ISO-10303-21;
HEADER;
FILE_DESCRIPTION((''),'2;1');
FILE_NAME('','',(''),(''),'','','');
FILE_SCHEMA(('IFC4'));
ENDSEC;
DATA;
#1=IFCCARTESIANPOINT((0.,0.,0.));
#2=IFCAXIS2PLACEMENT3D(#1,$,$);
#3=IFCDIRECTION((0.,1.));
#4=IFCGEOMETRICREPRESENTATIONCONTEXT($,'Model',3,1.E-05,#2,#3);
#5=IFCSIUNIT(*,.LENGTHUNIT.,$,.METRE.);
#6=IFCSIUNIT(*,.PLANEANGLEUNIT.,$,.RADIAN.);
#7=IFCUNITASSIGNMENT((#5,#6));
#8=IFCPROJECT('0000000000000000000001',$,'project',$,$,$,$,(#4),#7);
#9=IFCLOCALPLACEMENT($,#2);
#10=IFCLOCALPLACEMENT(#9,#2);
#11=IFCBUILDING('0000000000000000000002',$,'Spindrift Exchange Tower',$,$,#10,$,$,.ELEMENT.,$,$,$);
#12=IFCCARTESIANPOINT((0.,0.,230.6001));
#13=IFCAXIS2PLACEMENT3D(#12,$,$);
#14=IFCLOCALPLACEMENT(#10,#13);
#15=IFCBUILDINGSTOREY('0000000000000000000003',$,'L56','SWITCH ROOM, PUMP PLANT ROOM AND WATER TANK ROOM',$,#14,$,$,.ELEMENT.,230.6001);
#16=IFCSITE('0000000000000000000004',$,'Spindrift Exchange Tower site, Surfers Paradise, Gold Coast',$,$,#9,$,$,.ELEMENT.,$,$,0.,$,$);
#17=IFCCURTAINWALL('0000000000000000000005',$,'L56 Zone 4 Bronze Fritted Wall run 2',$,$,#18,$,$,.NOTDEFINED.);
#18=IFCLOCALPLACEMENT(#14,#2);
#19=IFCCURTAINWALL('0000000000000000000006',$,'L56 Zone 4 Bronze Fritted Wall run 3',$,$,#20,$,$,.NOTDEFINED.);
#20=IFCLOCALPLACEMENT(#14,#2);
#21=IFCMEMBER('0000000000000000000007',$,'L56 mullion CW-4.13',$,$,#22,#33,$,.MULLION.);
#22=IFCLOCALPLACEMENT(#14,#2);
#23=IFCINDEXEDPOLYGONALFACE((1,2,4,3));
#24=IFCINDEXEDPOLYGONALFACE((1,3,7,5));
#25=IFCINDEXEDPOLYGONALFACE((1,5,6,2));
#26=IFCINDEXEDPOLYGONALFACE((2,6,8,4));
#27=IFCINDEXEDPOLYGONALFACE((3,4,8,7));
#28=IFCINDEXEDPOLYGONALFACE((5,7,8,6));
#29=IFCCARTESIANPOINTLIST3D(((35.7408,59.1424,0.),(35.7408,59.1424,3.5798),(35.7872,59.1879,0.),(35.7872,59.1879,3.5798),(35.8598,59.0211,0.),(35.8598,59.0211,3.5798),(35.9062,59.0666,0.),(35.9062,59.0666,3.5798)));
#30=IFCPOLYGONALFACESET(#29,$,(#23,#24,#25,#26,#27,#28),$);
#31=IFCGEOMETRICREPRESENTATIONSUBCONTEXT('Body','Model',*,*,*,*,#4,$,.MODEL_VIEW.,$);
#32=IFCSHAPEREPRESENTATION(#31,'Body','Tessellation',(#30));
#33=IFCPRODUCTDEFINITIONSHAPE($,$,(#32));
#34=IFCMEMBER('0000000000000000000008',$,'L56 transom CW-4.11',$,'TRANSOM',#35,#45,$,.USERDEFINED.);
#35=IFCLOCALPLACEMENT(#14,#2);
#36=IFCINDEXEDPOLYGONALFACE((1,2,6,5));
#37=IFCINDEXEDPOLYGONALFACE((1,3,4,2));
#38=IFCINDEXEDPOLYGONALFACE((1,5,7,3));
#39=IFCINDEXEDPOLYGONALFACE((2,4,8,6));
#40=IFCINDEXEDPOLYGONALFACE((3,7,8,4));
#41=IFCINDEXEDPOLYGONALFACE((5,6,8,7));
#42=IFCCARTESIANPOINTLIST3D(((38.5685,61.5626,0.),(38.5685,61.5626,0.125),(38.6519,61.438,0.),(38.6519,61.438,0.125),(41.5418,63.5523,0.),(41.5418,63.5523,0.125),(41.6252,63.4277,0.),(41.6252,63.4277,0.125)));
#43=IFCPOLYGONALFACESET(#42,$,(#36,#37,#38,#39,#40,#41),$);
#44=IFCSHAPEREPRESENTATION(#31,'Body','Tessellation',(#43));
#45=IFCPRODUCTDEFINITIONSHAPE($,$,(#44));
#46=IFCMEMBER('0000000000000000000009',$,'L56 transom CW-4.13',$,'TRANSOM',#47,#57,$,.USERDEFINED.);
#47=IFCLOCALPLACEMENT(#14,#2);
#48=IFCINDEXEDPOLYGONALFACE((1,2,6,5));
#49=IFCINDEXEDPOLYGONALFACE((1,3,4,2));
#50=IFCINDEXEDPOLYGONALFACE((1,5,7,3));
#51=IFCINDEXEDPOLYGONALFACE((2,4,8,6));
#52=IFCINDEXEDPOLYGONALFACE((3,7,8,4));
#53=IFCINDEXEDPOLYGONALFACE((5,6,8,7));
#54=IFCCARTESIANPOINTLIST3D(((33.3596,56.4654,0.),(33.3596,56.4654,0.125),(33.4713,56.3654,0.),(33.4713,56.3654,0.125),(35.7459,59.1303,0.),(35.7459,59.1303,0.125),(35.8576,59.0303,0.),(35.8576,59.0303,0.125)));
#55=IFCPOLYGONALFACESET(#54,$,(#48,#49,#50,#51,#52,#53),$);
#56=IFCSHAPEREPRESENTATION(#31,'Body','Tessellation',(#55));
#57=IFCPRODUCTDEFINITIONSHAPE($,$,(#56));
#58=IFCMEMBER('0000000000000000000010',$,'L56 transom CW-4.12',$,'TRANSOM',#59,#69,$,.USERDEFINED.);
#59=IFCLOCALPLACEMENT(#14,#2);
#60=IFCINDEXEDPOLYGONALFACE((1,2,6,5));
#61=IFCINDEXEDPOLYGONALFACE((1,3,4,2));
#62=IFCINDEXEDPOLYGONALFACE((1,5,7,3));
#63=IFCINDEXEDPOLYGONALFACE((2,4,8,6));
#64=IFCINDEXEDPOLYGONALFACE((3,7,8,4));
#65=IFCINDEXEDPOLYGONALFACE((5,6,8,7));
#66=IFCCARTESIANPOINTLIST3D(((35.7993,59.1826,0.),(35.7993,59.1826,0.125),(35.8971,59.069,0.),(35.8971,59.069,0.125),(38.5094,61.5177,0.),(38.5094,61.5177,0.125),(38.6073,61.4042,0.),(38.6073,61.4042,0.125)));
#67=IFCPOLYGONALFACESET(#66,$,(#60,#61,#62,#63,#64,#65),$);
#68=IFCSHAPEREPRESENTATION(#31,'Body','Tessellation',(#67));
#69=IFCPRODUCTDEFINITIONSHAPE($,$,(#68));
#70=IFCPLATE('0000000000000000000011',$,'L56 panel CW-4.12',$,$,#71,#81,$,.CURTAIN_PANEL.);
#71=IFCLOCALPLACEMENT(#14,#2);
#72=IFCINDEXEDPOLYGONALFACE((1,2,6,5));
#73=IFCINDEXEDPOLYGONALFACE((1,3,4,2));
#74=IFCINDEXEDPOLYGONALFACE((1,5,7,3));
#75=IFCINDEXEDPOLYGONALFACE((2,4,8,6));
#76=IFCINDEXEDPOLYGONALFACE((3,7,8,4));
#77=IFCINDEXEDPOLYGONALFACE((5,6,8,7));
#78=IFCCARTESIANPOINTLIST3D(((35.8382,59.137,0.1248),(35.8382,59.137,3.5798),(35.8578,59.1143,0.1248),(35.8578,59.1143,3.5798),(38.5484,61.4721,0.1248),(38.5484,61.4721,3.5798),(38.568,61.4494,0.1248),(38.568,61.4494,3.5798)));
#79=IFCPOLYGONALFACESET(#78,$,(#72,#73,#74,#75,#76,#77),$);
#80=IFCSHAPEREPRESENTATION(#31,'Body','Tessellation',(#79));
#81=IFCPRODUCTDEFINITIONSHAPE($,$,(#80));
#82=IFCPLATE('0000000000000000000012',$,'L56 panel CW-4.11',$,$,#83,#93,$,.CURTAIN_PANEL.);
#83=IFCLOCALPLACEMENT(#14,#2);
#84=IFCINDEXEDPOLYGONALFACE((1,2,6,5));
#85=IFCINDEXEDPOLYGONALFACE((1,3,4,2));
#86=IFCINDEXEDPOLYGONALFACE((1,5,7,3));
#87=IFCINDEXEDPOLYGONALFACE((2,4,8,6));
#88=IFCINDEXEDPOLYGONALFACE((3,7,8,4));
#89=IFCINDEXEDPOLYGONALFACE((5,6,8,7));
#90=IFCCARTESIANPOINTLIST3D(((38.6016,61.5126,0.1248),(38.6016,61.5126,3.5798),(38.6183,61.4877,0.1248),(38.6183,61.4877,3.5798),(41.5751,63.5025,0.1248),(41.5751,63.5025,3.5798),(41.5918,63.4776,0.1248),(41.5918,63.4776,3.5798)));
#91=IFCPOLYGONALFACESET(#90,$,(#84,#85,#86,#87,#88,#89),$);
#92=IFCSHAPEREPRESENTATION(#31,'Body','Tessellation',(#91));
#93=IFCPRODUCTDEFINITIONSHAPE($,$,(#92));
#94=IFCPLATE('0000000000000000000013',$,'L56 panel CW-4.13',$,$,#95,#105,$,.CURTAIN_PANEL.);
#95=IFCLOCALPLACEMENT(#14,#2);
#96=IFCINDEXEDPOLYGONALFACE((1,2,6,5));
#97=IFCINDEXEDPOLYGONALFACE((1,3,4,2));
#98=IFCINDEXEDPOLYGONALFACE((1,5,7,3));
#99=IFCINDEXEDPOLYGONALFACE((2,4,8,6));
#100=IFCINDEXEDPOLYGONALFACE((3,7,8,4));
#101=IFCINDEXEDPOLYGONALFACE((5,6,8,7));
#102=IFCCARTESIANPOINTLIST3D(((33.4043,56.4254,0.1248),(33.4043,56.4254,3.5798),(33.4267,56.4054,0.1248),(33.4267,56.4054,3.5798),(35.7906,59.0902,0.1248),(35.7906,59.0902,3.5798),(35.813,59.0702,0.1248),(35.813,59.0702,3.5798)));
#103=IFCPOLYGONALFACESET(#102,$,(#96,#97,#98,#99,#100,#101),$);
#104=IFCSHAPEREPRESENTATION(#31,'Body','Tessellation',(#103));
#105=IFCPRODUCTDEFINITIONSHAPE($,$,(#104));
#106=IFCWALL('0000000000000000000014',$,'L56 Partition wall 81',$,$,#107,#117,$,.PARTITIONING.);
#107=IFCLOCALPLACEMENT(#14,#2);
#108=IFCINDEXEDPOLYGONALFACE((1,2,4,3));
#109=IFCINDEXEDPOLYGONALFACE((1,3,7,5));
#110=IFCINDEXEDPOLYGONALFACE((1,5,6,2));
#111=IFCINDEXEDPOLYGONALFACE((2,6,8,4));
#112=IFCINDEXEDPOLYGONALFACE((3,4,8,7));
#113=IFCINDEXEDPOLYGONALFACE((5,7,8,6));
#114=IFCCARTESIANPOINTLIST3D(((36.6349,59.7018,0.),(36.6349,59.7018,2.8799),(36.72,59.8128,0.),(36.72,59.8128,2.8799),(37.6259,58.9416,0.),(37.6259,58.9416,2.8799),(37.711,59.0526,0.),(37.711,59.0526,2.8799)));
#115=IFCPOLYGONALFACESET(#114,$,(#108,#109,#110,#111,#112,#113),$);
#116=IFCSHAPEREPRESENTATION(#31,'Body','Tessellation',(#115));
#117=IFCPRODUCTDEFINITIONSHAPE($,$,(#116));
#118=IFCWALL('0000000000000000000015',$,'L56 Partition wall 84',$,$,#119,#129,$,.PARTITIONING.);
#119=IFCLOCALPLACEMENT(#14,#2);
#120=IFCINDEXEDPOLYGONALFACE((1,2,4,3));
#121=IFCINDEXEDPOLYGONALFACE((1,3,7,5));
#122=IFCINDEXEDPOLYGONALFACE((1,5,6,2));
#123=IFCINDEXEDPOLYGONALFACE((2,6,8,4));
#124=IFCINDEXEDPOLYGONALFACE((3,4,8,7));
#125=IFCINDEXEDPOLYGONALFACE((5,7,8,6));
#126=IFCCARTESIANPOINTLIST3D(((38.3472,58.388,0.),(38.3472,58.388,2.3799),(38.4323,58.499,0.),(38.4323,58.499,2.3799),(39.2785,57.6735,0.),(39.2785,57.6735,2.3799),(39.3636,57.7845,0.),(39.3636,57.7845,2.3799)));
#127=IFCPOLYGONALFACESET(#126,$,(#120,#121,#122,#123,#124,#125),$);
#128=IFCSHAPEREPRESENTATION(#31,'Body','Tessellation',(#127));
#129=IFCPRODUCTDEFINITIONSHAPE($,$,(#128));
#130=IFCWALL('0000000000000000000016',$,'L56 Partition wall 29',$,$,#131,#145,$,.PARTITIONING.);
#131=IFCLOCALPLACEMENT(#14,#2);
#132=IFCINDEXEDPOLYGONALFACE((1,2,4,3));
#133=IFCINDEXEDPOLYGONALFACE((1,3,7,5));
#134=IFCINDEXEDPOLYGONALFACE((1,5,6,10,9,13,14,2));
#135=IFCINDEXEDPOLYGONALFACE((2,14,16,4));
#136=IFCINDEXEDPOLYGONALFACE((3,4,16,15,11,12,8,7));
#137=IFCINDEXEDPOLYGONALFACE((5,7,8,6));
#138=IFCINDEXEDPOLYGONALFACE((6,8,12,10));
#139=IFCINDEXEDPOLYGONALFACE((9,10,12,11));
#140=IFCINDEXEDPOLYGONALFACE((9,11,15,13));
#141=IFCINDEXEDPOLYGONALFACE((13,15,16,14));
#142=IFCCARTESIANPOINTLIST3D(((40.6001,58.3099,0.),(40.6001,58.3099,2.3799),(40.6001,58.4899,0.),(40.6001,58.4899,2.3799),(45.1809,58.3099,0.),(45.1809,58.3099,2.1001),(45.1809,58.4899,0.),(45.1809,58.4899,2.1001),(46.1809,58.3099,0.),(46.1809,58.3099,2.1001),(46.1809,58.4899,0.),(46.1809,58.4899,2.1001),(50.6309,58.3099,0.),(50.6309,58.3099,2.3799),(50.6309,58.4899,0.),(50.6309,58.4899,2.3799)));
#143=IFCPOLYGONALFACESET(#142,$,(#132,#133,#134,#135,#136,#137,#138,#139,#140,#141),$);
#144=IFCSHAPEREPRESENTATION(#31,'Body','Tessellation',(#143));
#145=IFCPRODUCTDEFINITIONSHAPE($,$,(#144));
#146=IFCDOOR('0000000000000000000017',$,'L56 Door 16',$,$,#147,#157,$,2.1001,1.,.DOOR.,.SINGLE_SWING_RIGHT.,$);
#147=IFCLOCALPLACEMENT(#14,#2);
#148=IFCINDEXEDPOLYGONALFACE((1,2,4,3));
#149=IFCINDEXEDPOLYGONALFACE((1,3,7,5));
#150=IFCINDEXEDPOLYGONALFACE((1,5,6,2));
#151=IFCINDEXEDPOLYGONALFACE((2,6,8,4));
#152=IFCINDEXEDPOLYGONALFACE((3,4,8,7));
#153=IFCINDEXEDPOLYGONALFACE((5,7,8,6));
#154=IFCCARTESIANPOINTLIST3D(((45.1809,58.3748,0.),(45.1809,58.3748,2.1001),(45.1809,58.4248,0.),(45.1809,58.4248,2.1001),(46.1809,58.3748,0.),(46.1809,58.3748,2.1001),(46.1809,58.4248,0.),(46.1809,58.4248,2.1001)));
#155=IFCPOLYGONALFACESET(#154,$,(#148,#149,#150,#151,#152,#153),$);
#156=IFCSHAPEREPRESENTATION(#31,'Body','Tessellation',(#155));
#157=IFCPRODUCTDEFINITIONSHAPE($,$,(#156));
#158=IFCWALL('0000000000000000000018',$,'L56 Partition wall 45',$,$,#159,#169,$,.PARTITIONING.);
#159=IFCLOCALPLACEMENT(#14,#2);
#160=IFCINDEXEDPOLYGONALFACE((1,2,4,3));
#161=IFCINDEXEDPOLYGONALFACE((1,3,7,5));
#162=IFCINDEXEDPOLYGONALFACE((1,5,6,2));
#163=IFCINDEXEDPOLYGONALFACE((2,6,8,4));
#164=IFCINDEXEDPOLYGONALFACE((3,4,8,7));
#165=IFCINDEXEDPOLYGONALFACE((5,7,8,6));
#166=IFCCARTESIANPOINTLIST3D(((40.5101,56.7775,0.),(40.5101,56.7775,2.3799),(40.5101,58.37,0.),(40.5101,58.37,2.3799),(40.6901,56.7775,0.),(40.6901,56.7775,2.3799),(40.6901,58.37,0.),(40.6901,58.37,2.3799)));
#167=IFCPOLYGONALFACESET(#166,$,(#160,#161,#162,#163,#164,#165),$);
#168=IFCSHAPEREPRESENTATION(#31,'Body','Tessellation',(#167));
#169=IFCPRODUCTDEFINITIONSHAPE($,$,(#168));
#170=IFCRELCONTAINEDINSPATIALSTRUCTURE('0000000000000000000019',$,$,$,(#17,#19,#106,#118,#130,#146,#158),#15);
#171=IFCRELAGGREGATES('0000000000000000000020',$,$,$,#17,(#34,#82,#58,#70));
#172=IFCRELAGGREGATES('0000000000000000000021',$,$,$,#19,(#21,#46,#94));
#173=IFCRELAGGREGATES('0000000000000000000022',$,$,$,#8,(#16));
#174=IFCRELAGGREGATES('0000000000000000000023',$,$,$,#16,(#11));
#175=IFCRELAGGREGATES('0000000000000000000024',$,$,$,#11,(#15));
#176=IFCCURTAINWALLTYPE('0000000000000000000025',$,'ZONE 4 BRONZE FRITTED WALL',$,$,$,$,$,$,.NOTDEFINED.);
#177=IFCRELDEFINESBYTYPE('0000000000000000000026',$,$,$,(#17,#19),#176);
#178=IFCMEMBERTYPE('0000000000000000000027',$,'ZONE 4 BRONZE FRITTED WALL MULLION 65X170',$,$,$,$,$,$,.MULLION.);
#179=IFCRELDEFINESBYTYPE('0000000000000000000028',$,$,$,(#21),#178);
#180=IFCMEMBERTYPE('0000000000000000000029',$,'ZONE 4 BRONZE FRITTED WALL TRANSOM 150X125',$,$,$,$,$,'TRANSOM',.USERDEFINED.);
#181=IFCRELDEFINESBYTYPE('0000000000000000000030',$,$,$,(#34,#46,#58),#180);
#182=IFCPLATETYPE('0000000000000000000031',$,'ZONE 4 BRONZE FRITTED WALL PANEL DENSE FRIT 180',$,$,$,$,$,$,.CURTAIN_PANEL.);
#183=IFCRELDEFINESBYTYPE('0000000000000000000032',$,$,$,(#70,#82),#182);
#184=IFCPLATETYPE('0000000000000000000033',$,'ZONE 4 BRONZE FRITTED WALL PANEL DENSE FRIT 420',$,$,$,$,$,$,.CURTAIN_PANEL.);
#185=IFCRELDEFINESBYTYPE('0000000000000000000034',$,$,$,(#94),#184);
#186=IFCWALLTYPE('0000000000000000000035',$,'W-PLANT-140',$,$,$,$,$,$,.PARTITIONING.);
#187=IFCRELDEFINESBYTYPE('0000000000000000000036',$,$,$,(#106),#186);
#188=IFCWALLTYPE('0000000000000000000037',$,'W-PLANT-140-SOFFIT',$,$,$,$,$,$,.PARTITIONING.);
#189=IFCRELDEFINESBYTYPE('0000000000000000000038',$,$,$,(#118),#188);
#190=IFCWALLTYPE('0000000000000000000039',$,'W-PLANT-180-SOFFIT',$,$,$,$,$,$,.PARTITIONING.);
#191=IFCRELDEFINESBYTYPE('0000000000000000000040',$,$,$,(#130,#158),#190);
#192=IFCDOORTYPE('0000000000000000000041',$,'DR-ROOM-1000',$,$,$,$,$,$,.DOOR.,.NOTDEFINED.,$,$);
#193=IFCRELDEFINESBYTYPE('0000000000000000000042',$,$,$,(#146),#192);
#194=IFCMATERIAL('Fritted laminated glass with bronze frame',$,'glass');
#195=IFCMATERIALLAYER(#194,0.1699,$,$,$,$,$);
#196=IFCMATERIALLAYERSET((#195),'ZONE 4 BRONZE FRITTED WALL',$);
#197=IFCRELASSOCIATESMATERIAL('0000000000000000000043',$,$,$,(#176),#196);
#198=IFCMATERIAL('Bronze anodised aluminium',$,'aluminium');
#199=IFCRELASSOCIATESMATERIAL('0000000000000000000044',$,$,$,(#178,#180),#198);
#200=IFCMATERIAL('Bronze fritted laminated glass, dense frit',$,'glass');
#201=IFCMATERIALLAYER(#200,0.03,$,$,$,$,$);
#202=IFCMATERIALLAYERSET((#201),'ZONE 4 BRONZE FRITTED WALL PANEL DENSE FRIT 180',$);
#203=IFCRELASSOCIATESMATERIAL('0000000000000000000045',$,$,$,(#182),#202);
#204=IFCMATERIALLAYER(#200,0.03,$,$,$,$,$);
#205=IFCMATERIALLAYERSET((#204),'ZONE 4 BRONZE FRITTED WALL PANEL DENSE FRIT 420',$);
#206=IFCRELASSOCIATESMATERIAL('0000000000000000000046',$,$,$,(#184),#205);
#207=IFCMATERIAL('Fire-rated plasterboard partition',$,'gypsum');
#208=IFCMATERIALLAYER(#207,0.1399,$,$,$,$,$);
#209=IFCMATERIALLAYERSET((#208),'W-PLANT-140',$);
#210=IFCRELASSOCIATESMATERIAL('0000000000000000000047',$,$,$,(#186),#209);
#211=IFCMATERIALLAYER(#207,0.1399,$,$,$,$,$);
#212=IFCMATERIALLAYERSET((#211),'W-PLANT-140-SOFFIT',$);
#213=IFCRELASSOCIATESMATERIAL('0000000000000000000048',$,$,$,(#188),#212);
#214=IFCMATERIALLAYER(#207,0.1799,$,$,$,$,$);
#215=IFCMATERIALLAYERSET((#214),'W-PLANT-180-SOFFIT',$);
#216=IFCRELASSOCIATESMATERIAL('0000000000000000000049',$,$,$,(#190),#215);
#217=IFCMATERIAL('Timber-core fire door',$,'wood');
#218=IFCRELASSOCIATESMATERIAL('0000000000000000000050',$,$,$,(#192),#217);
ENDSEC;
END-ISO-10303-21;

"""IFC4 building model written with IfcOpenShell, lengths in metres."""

from ifc_helpers import new_model, si_unit, direction, frame, frame_2d, origin, origin_2d, place, context, subcontext, project, spatial, rectangle, extrude, source, transform, mapped, material, layer, layer_set, material_profile, profile_set, type_object, element, fill, aggregate, save


model = new_model("IFC4")

# Units and contexts
model_context = context("Model", 3, precision=1e-05, world=origin(), true_north=direction((0.0, 1.0)))
body_context = subcontext(model_context, "Body", "Model", "MODEL_VIEW")
ifc_project = project(units=[si_unit("LENGTHUNIT", "METRE"), si_unit("PLANEANGLEUNIT", "RADIAN")], contexts=[model_context])

# Site, building, storey
site_placement = place(None, origin())
site = spatial("IfcSite", under=ifc_project, at=site_placement, Name="Spindrift Exchange Tower site, Surfers Paradise, Gold Coast", CompositionType="ELEMENT", RefElevation=0.0)
building_placement = place(site_placement, origin())
building = spatial("IfcBuilding", under=site, at=building_placement, Name="Spindrift Exchange Tower", CompositionType="ELEMENT")
storey_placement = place(building_placement, frame((0.0, 0.0, 230.6001)))
storey = spatial("IfcBuildingStorey", under=building, at=storey_placement, Name="L56", Description="SWITCH ROOM, PUMP PLANT ROOM AND WATER TANK ROOM", CompositionType="ELEMENT", Elevation=230.6001)

# Curtain wall
ifc_material_1 = material(Name="Fritted laminated glass with bronze frame", Category="glass")
ifc_layer_1 = layer(ifc_material_1, 0.1699)
ifc_layer_set_1 = layer_set([ifc_layer_1], Name="ZONE 4 BRONZE FRITTED WALL")
curtain_wall_type = type_object("IfcCurtainWallType", Name="ZONE 4 BRONZE FRITTED WALL", PredefinedType="NOTDEFINED", material=ifc_layer_set_1)
curtain_wall_1_placement = place(storey_placement, origin())
curtain_wall_1 = element("IfcCurtainWall", 1, at=curtain_wall_1_placement, inside=storey, type_object=curtain_wall_type, Name="L56 Zone 4 Bronze Fritted Wall run 2", PredefinedType="NOTDEFINED")
ifc_material_2 = material(Name="Bronze anodised aluminium", Category="aluminium")
ifc_material_profile_1 = material_profile(ifc_material_2, rectangle(XDim=0.0649, YDim=0.1699, at=origin_2d()), Name="ZONE 4 BRONZE FRITTED WALL MULLION 65X170")
ifc_profile_set_1 = profile_set([ifc_material_profile_1], Name="Bronze anodised aluminium")
member_type_1 = type_object("IfcMemberType", Name="ZONE 4 BRONZE FRITTED WALL MULLION 65X170", PredefinedType="MULLION", material=ifc_profile_set_1)
shared_shape_1 = source(origin(), body_context, "Body", "SweptSolid", [
    extrude(rectangle(XDim=0.0649, YDim=0.1699, at=origin_2d()), origin(), (0.0, 0.0, 1.0), 3.5798),
])

# Curtain wall, member
curtain_wall_2_placement = place(storey_placement, origin())
curtain_wall_2 = element("IfcCurtainWall", 2, at=curtain_wall_2_placement, inside=storey, type_object=curtain_wall_type, Name="L56 Zone 4 Bronze Fritted Wall run 3", PredefinedType="NOTDEFINED")
member_1_placement = place(storey_placement, frame((35.8235, 59.1045, 0.0), z_axis=(0.0, 0.0, 1.0), x_axis=(-0.713834, -0.700315, 0.0)))
member_1 = element("IfcMember", 3, at=member_1_placement, type_object=member_type_1, Name="L56 mullion CW-4.13", PredefinedType="MULLION", context=body_context, shape_type="MappedRepresentation", body=[
    mapped(shared_shape_1, transform((0.0, 0.0, 0.0), scale=1.0)),
])

# Members
ifc_material_profile_2 = material_profile(ifc_material_2, rectangle(XDim=0.1499, YDim=0.125, at=origin_2d()), Name="ZONE 4 BRONZE FRITTED WALL TRANSOM 150X125")
ifc_profile_set_2 = profile_set([ifc_material_profile_2], Name="Bronze anodised aluminium")
member_type_2 = type_object("IfcMemberType", Name="ZONE 4 BRONZE FRITTED WALL TRANSOM 150X125", ElementType="TRANSOM", PredefinedType="USERDEFINED", material=ifc_profile_set_2)
shared_shape_2 = source(origin(), body_context, "Body", "SweptSolid", [
    extrude(rectangle(XDim=0.1499, YDim=0.125, at=origin_2d()), origin(), (0.0, 0.0, 1.0), 3.5776),
])
member_2_placement = place(storey_placement, frame((41.5835, 63.49, 0.0625), z_axis=(-0.831083, -0.556148, 0.0), x_axis=(0.556148, -0.831083, 0.0)))
member_2 = element("IfcMember", 4, at=member_2_placement, type_object=member_type_2, Name="L56 transom CW-4.11", ObjectType="TRANSOM", PredefinedType="USERDEFINED", context=body_context, shape_type="MappedRepresentation", body=[
    mapped(shared_shape_2, transform((0.0, 0.0, 0.0), scale=1.0)),
])
shared_shape_3 = source(origin(), body_context, "Body", "SweptSolid", [
    extrude(rectangle(XDim=0.1499, YDim=0.125, at=origin_2d()), origin(), (0.0, 0.0, 1.0), 3.5771),
])
member_3_placement = place(storey_placement, frame((35.8018, 59.0803, 0.0625), z_axis=(-0.667096, -0.744972, 0.0), x_axis=(0.744972, -0.667096, 0.0)))
member_3 = element("IfcMember", 5, at=member_3_placement, type_object=member_type_2, Name="L56 transom CW-4.13", ObjectType="TRANSOM", PredefinedType="USERDEFINED", context=body_context, shape_type="MappedRepresentation", body=[
    mapped(shared_shape_3, transform((0.0, 0.0, 0.0), scale=1.0)),
])
shared_shape_4 = source(origin(), body_context, "Body", "SweptSolid", [
    extrude(rectangle(XDim=0.1499, YDim=0.125, at=origin_2d()), origin(), (0.0, 0.0, 1.0), 3.5774),
])
member_4_placement = place(storey_placement, frame((38.5583, 61.4609, 0.0625), z_axis=(-0.757573, -0.652751, 0.0), x_axis=(0.652751, -0.757573, 0.0)))
member_4 = element("IfcMember", 6, at=member_4_placement, type_object=member_type_2, Name="L56 transom CW-4.12", ObjectType="TRANSOM", PredefinedType="USERDEFINED", context=body_context, shape_type="MappedRepresentation", body=[
    mapped(shared_shape_4, transform((0.0, 0.0, 0.0), scale=1.0)),
])

# Plates
ifc_material_3 = material(Name="Bronze fritted laminated glass, dense frit", Category="glass")
ifc_layer_2 = layer(ifc_material_3, 0.03)
ifc_layer_set_2 = layer_set([ifc_layer_2], Name="ZONE 4 BRONZE FRITTED WALL PANEL DENSE FRIT 180")
plate_type_1 = type_object("IfcPlateType", Name="ZONE 4 BRONZE FRITTED WALL PANEL DENSE FRIT 180", PredefinedType="CURTAIN_PANEL", material=ifc_layer_set_2)
shared_shape_5 = source(origin(), body_context, "Body", "SweptSolid", [
    extrude(rectangle(XDim=3.5774, YDim=0.03, at=origin_2d()), origin(), (0.0, 0.0, 1.0), 3.4551),
])
plate_1_placement = place(storey_placement, frame((37.2031, 60.2932, 0.1248), z_axis=(0.0, 0.0, 1.0), x_axis=(-0.757583, -0.652739, 0.0)))
plate_1 = element("IfcPlate", 7, at=plate_1_placement, type_object=plate_type_1, Name="L56 panel CW-4.12", PredefinedType="CURTAIN_PANEL", context=body_context, shape_type="MappedRepresentation", body=[
    mapped(shared_shape_5, transform((0.0, 0.0, 0.0), scale=1.0)),
])
shared_shape_6 = source(origin(), body_context, "Body", "SweptSolid", [
    extrude(rectangle(XDim=3.5779, YDim=0.03, at=origin_2d()), origin(), (0.0, 0.0, 1.0), 3.4551),
])
plate_2_placement = place(storey_placement, frame((40.0967, 62.4951, 0.1248), z_axis=(0.0, 0.0, 1.0), x_axis=(-0.831069, -0.556169, 0.0)))
plate_2 = element("IfcPlate", 8, at=plate_2_placement, type_object=plate_type_1, Name="L56 panel CW-4.11", PredefinedType="CURTAIN_PANEL", context=body_context, shape_type="MappedRepresentation", body=[
    mapped(shared_shape_6, transform((0.0, 0.0, 0.0), scale=1.0)),
])
aggregate(curtain_wall_1, [member_2, plate_2, member_4, plate_1])
ifc_layer_3 = layer(ifc_material_3, 0.03)
ifc_layer_set_3 = layer_set([ifc_layer_3], Name="ZONE 4 BRONZE FRITTED WALL PANEL DENSE FRIT 420")
plate_type_2 = type_object("IfcPlateType", Name="ZONE 4 BRONZE FRITTED WALL PANEL DENSE FRIT 420", PredefinedType="CURTAIN_PANEL", material=ifc_layer_set_3)
shared_shape_7 = source(origin(), body_context, "Body", "SweptSolid", [
    extrude(rectangle(XDim=3.5771, YDim=0.03, at=origin_2d()), origin(), (0.0, 0.0, 1.0), 3.4551),
])
plate_3_placement = place(storey_placement, frame((34.6086, 57.7478, 0.1248), z_axis=(0.0, 0.0, 1.0), x_axis=(-0.667101, -0.744967, 0.0)))
plate_3 = element("IfcPlate", 9, at=plate_3_placement, type_object=plate_type_2, Name="L56 panel CW-4.13", PredefinedType="CURTAIN_PANEL", context=body_context, shape_type="MappedRepresentation", body=[
    mapped(shared_shape_7, transform((0.0, 0.0, 0.0), scale=1.0)),
])
aggregate(curtain_wall_2, [member_1, member_3, plate_3])

# Walls
ifc_material_4 = material(Name="Fire-rated plasterboard partition", Category="gypsum")
ifc_layer_4 = layer(ifc_material_4, 0.1399)
ifc_layer_set_4 = layer_set([ifc_layer_4], Name="W-PLANT-140")
wall_type_1 = type_object("IfcWallType", Name="W-PLANT-140", PredefinedType="PARTITIONING", material=ifc_layer_set_4)
wall_1_placement = place(storey_placement, frame((37.6685, 58.9971, 0.0), z_axis=(0.0, 0.0, 1.0), x_axis=(-0.793408, 0.60869, 0.0)))
element("IfcWall", 10, at=wall_1_placement, inside=storey, type_object=wall_type_1, Name="L56 Partition wall 81", PredefinedType="PARTITIONING", context=body_context, shape_type="SweptSolid", body=[
    extrude(rectangle(XDim=1.249, YDim=0.1399, at=frame_2d((0.6245, 0.0))), origin(), (0.0, 0.0, 1.0), 2.8799),
])
ifc_layer_5 = layer(ifc_material_4, 0.1399)
ifc_layer_set_5 = layer_set([ifc_layer_5], Name="W-PLANT-140-SOFFIT")
wall_type_2 = type_object("IfcWallType", Name="W-PLANT-140-SOFFIT", PredefinedType="PARTITIONING", material=ifc_layer_set_5)
wall_2_placement = place(storey_placement, frame((39.321, 57.729, 0.0), z_axis=(0.0, 0.0, 1.0), x_axis=(-0.793389, 0.608715, 0.0)))
element("IfcWall", 11, at=wall_2_placement, inside=storey, type_object=wall_type_2, Name="L56 Partition wall 84", PredefinedType="PARTITIONING", context=body_context, shape_type="SweptSolid", body=[
    extrude(rectangle(XDim=1.1738, YDim=0.1399, at=frame_2d((0.5869, 0.0))), origin(), (0.0, 0.0, 1.0), 2.3799),
])

# Wall, opening, door
ifc_layer_6 = layer(ifc_material_4, 0.1799)
ifc_layer_set_6 = layer_set([ifc_layer_6], Name="W-PLANT-180-SOFFIT")
wall_type_3 = type_object("IfcWallType", Name="W-PLANT-180-SOFFIT", PredefinedType="PARTITIONING", material=ifc_layer_set_6)
wall_3_placement = place(storey_placement, frame((40.6001, 58.3999, 0.0), z_axis=(0.0, 0.0, 1.0), x_axis=(1.0, 0.0, 0.0)))
wall_3 = element("IfcWall", 12, at=wall_3_placement, inside=storey, type_object=wall_type_3, Name="L56 Partition wall 29", PredefinedType="PARTITIONING", context=body_context, shape_type="SweptSolid", body=[
    extrude(rectangle(XDim=10.0308, YDim=0.1799, at=frame_2d((5.0154, 0.0))), origin(), (0.0, 0.0, 1.0), 2.3799),
])
opening_placement = place(wall_3_placement, frame((4.5808, 0.0, 0.0)))
opening = element("IfcOpeningElement", 13, at=opening_placement, cuts=wall_3, PredefinedType="OPENING", context=body_context, shape_type="SweptSolid", body=[
    extrude(rectangle(XDim=1.0, YDim=2.1001, at=frame_2d((0.5, 1.05))), frame((0.0, 0.0999, 0.0), z_axis=(0.0, -1.0, 0.0), x_axis=(1.0, 0.0, 0.0)), (0.0, 0.0, 1.0), 0.2),
])
ifc_material_5 = material(Name="Timber-core fire door", Category="wood")
door_type = type_object("IfcDoorType", Name="DR-ROOM-1000", OperationType="NOTDEFINED", PredefinedType="DOOR", material=ifc_material_5)
shared_shape_8 = source(origin(), body_context, "Body", "SweptSolid", [
    extrude(rectangle(XDim=1.0, YDim=2.1001, at=frame_2d((0.5, 1.05))), frame((0.0, 0.0249, 0.0), z_axis=(0.0, -1.0, 0.0), x_axis=(1.0, 0.0, 0.0)), (0.0, 0.0, 1.0), 0.05),
])
door_placement = place(opening_placement, origin())
door = element("IfcDoor", 14, at=door_placement, inside=storey, type_object=door_type, Name="L56 Door 16", OperationType="SINGLE_SWING_RIGHT", OverallHeight=2.1001, OverallWidth=1.0, PredefinedType="DOOR", context=body_context, shape_type="MappedRepresentation", body=[
    mapped(shared_shape_8, transform((0.0, 0.0, 0.0), scale=1.0)),
])
fill(opening, door)

# Wall
wall_4_placement = place(storey_placement, frame((40.6001, 58.3701, 0.0), z_axis=(0.0, 0.0, 1.0), x_axis=(0.0, -1.0, 0.0)))
element("IfcWall", 15, at=wall_4_placement, inside=storey, type_object=wall_type_3, Name="L56 Partition wall 45", PredefinedType="PARTITIONING", context=body_context, shape_type="SweptSolid", body=[
    extrude(rectangle(XDim=1.5925, YDim=0.1799, at=frame_2d((0.7964, 0.0))), origin(), (0.0, 0.0, 1.0), 2.3799),
])

save(model, "model.ifc")
